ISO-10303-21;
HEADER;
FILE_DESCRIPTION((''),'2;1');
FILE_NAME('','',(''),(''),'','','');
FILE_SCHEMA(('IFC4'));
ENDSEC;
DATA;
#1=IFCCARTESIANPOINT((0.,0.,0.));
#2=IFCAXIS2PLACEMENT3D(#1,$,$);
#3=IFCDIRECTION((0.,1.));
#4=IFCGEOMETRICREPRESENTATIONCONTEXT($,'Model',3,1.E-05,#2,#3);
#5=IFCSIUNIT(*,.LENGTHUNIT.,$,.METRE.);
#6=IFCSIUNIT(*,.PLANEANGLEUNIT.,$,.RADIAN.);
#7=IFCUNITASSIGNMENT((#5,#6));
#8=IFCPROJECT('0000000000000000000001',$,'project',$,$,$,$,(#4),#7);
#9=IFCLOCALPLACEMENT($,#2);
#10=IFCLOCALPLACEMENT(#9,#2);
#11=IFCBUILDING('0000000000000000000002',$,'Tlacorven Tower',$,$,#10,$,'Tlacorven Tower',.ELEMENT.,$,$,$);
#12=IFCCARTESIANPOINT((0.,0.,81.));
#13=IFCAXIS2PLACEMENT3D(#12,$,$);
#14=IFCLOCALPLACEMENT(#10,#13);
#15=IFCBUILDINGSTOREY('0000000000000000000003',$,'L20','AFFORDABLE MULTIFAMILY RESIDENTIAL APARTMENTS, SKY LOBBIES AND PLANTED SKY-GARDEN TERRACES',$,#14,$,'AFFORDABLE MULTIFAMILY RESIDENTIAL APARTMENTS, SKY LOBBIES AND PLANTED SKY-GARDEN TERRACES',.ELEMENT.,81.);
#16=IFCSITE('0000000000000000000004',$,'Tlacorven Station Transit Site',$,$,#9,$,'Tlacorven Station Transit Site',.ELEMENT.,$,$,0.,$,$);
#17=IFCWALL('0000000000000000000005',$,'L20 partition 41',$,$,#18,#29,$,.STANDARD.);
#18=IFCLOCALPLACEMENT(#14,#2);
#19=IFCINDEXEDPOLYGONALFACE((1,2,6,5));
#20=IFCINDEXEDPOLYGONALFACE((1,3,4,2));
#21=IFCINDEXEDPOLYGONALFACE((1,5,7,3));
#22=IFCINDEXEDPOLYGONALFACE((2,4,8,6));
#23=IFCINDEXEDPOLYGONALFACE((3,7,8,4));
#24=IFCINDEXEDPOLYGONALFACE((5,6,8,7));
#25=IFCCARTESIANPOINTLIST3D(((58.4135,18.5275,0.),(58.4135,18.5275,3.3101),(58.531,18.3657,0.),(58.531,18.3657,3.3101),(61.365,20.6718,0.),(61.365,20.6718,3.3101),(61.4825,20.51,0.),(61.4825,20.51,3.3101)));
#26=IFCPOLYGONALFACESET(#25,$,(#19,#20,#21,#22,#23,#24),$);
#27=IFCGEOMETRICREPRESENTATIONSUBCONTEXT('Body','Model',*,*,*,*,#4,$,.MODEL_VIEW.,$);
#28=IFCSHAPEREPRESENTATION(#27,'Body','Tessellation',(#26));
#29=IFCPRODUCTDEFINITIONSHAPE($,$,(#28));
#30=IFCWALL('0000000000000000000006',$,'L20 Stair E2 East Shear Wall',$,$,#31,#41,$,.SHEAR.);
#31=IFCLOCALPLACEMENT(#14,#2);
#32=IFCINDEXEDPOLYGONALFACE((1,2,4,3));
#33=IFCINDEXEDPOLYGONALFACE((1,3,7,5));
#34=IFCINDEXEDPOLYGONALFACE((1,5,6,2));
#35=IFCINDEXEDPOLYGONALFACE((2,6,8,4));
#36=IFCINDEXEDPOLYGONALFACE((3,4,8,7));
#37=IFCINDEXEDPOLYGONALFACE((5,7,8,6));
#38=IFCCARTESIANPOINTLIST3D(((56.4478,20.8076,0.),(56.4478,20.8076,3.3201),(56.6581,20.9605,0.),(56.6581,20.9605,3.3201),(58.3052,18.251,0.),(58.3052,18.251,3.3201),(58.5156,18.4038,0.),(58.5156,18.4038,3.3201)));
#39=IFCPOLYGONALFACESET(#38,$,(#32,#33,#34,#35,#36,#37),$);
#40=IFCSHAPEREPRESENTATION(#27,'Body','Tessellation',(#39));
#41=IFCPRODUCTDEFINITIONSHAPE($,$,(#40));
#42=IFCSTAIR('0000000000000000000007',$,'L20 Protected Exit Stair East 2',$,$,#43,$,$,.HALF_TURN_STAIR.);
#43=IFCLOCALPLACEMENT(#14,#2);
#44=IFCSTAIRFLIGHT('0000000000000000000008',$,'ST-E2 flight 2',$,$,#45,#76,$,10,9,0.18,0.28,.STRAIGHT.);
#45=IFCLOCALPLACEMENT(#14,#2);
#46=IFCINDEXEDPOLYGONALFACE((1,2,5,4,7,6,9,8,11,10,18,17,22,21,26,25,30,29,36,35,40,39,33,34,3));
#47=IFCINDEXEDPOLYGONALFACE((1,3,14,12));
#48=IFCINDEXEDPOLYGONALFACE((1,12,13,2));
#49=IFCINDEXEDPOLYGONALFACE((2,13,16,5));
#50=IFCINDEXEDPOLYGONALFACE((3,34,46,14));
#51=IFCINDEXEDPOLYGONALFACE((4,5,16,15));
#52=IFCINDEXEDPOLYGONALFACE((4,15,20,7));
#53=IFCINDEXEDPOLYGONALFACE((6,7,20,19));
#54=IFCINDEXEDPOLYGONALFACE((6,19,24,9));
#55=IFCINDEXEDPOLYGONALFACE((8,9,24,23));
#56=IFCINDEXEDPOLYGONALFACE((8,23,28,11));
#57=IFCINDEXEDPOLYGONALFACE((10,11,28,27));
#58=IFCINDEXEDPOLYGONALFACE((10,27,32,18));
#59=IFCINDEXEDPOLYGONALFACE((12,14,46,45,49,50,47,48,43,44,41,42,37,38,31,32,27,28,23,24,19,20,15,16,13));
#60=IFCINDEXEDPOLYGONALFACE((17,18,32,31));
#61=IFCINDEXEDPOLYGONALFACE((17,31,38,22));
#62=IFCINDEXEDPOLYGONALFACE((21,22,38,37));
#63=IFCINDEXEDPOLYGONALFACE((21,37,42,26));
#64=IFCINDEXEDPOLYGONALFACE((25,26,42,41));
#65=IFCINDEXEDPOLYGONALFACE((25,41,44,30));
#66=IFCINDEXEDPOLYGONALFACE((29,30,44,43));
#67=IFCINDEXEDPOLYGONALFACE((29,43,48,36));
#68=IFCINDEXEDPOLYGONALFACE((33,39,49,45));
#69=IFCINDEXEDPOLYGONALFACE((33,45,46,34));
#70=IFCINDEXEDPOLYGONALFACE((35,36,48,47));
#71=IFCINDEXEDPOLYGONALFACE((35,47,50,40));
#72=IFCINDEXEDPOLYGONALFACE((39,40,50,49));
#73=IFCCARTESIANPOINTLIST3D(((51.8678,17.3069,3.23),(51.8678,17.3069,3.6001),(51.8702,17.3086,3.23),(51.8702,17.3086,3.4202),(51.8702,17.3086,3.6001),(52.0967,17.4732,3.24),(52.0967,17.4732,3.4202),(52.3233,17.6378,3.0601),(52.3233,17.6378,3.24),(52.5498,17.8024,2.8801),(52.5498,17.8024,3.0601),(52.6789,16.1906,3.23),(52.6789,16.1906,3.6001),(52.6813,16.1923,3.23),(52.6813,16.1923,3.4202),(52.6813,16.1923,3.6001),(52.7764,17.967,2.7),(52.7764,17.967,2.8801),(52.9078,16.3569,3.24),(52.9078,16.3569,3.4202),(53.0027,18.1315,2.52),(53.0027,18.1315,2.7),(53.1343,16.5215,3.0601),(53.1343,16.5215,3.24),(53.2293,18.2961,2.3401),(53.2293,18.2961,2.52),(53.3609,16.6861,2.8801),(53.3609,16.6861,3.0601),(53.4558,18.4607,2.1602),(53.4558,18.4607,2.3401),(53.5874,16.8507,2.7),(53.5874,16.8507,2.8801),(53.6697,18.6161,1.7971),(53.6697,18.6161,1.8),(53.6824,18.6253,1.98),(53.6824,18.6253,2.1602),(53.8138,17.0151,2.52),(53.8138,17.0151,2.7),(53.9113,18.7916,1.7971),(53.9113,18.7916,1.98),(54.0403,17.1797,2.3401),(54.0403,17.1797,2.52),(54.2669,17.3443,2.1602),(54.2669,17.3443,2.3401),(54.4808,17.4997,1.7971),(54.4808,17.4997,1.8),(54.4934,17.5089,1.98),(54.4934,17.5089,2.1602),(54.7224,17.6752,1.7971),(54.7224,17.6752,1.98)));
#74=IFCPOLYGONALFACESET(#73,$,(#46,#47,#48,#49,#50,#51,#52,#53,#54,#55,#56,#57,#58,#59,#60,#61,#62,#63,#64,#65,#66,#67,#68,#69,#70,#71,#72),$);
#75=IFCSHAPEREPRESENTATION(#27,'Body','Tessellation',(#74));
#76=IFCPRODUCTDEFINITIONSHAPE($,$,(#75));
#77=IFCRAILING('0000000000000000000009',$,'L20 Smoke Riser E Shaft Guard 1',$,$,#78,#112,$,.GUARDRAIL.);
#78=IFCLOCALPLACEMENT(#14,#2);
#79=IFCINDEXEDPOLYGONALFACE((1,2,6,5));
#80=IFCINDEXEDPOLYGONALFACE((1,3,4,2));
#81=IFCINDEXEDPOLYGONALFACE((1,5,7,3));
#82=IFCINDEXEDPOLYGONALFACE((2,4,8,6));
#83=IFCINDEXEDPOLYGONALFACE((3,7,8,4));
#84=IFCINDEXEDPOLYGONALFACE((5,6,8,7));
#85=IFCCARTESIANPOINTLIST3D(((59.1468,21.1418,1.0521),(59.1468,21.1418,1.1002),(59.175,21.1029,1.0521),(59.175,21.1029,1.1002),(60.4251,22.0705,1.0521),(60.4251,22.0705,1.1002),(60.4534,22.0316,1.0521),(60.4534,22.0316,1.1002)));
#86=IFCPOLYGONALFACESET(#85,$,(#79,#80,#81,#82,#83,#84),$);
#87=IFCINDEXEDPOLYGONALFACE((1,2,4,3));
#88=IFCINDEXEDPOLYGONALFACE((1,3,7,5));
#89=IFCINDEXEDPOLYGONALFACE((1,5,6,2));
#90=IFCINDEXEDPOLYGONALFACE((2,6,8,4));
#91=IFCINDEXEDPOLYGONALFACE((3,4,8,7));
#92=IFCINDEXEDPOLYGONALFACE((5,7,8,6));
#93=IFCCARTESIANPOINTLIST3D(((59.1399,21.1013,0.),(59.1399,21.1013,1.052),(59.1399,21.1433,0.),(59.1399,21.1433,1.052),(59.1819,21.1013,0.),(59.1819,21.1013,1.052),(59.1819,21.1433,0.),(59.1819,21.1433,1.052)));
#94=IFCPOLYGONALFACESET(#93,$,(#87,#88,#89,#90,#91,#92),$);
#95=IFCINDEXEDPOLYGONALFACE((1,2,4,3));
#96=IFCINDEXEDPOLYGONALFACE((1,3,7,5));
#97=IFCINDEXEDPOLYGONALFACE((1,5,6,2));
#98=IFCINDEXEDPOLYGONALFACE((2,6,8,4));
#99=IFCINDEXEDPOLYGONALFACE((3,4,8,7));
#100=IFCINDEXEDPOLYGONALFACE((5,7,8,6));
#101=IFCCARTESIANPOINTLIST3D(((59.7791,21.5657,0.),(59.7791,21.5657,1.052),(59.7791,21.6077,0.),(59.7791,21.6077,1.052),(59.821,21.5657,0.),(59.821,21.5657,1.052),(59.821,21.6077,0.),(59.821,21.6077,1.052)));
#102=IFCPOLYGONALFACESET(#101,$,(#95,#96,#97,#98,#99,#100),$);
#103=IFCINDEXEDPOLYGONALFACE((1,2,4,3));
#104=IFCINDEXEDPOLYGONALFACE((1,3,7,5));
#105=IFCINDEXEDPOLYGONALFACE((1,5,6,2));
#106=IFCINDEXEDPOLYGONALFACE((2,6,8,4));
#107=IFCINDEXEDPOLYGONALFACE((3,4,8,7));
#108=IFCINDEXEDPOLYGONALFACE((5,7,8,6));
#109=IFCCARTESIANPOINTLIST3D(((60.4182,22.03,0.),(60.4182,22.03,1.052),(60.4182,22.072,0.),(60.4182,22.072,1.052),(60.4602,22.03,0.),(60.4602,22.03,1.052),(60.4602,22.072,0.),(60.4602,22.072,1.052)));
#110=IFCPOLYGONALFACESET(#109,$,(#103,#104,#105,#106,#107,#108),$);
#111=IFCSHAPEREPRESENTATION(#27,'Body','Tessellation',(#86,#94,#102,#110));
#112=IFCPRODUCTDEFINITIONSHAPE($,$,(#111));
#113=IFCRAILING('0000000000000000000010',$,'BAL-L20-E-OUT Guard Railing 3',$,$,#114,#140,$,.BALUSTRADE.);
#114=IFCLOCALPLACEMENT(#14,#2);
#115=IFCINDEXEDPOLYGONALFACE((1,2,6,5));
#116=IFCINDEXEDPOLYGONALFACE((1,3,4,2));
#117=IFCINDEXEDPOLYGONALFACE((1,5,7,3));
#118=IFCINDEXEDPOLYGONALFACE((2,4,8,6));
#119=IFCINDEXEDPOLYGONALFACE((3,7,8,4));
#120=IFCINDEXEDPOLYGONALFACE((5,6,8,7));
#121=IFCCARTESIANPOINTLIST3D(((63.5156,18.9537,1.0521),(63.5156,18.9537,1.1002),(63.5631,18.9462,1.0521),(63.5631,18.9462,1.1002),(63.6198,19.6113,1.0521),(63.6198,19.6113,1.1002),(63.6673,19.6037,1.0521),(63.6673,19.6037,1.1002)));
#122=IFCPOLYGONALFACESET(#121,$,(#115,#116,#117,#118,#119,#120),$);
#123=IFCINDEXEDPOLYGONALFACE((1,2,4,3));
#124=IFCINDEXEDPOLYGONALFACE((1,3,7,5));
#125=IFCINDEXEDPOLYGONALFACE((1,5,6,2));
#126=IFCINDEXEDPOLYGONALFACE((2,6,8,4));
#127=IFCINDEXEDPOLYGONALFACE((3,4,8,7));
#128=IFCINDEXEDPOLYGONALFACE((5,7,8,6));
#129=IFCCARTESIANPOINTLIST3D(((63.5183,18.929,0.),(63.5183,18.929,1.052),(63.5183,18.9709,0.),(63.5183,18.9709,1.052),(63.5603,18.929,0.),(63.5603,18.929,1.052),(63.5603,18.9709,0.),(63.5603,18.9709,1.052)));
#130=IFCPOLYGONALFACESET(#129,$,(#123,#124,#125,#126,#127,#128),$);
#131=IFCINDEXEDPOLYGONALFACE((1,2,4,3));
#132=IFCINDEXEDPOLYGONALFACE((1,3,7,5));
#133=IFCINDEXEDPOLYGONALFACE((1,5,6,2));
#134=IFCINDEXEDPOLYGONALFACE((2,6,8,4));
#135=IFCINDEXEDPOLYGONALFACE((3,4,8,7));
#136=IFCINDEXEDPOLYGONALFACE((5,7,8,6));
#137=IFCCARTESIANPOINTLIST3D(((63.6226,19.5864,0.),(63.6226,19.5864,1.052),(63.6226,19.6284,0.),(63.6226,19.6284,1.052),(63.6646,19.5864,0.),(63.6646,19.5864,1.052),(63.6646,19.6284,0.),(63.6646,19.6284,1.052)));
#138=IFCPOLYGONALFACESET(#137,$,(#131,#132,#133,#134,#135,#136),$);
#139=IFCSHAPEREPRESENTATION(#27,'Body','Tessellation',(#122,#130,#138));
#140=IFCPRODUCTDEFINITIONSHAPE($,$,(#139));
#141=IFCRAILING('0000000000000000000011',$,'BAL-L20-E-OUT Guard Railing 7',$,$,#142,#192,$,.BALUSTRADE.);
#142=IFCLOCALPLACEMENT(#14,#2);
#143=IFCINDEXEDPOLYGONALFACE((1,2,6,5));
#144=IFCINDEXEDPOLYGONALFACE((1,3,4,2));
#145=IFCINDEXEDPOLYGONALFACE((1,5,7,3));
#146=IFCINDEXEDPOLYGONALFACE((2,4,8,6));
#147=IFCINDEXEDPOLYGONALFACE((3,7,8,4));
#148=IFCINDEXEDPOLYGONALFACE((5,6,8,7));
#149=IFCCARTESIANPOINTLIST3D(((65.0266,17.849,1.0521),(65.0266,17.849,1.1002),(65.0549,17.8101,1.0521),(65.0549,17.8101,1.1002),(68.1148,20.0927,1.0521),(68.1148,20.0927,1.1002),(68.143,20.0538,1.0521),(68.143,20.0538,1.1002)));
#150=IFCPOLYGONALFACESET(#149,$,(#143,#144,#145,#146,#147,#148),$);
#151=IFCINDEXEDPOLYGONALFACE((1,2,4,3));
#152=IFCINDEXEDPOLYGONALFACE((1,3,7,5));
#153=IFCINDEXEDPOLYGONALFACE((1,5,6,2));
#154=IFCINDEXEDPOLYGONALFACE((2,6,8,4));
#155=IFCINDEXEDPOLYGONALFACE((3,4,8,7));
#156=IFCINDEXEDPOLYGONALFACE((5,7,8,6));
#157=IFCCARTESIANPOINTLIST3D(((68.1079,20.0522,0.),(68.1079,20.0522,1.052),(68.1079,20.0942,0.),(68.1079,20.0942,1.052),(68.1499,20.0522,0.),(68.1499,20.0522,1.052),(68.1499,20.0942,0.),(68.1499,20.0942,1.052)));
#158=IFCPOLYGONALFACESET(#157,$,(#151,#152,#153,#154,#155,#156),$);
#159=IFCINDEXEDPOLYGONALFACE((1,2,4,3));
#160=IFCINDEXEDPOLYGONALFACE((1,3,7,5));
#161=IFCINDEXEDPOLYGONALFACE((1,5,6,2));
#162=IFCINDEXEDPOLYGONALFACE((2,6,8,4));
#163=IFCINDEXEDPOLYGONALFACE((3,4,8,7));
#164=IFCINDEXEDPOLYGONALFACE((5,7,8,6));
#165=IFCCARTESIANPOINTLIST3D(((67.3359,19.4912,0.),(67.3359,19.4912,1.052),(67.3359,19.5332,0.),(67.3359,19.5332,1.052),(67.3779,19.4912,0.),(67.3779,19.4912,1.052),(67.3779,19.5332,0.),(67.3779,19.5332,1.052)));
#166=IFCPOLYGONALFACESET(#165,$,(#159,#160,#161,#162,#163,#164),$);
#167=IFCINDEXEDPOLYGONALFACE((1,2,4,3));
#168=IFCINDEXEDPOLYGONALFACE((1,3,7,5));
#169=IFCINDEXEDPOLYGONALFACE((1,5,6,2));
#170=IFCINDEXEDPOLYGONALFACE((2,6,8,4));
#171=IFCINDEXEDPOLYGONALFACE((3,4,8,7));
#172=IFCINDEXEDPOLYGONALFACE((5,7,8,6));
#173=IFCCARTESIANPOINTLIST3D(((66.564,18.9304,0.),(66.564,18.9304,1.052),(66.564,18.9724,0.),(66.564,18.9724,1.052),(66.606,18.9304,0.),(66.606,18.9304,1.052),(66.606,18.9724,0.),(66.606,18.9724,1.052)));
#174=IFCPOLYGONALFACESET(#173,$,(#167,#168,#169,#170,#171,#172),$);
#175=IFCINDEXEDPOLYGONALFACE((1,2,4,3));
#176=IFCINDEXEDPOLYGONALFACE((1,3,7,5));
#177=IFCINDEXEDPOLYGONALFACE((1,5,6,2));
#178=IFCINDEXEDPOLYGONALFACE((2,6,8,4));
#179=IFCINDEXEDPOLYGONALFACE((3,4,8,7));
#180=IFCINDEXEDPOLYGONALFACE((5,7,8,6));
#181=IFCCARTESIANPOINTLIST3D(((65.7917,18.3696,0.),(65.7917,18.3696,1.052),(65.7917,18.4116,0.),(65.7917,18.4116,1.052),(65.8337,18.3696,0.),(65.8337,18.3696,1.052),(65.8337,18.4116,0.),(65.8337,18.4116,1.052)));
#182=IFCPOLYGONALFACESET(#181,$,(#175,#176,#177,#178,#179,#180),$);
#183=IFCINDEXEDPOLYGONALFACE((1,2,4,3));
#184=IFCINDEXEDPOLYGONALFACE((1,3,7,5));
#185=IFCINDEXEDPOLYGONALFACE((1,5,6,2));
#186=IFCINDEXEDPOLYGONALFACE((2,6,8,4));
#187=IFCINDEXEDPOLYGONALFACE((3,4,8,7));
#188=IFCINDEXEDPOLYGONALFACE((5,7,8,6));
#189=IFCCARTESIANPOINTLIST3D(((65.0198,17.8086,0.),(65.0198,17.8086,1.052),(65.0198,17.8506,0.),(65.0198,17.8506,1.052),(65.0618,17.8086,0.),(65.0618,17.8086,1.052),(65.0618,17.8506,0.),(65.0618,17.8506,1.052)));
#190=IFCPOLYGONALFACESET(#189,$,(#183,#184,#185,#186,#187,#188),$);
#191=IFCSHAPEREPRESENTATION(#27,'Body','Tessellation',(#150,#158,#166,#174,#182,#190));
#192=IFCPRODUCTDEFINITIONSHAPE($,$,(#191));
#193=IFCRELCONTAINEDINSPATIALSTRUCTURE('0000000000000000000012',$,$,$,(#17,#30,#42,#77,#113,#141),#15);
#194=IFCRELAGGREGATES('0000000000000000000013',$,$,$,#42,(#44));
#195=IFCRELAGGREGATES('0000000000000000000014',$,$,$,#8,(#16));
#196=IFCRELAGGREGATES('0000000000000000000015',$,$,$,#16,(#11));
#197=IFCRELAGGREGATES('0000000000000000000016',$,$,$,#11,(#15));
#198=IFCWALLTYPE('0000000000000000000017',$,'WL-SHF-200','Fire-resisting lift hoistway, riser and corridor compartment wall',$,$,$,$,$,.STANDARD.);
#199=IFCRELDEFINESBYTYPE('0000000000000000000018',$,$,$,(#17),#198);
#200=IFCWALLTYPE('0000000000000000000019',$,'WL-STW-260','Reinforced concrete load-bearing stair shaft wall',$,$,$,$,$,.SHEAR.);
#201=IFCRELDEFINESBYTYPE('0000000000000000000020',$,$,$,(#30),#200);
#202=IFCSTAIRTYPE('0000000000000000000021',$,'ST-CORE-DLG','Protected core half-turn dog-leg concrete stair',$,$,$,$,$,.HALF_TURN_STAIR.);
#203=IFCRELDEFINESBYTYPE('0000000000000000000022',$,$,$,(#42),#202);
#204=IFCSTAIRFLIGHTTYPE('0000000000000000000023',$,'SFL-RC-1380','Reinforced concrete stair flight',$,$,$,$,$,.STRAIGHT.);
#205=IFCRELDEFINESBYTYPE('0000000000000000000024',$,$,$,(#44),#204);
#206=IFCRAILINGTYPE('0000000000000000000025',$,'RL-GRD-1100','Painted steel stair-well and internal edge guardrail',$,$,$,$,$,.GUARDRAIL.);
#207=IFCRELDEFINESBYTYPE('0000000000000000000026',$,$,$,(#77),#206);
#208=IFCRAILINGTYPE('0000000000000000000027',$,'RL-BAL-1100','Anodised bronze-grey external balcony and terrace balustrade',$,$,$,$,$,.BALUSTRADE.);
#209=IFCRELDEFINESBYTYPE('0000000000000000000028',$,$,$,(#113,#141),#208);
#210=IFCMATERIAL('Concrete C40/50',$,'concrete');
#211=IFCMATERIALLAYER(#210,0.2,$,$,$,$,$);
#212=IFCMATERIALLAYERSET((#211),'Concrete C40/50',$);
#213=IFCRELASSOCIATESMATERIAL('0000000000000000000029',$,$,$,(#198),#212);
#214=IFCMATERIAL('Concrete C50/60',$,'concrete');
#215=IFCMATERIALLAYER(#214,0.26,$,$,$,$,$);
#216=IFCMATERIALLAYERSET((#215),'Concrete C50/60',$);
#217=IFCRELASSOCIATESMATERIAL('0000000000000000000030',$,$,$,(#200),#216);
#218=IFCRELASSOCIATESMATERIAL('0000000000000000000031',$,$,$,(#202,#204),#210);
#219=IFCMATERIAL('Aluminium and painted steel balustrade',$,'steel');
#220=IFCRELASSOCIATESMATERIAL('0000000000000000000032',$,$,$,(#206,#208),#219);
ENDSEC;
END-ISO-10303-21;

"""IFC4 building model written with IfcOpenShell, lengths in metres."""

from ifc_helpers import new_model, si_unit, direction, frame, frame_2d, origin, origin_2d, place, context, subcontext, project, spatial, polyline, rectangle, outline, extrude, source, transform, mapped, material, layer, layer_set, type_object, element, aggregate, save


model = new_model("IFC4")

# Units and contexts
model_context = context("Model", 3, precision=1e-05, world=origin(), true_north=direction((0.0, 1.0)))
body_context = subcontext(model_context, "Body", "Model", "MODEL_VIEW")
ifc_project = project(units=[si_unit("LENGTHUNIT", "METRE"), si_unit("PLANEANGLEUNIT", "RADIAN")], contexts=[model_context])

# Site, building, storey
site_placement = place(None, origin())
site = spatial("IfcSite", under=ifc_project, at=site_placement, Name="Tlacorven Station Transit Site", LongName="Tlacorven Station Transit Site", CompositionType="ELEMENT", RefElevation=0.0)
building_placement = place(site_placement, origin())
building = spatial("IfcBuilding", under=site, at=building_placement, Name="Tlacorven Tower", LongName="Tlacorven Tower", CompositionType="ELEMENT")
storey_placement = place(building_placement, frame((0.0, 0.0, 81.0)))
storey = spatial("IfcBuildingStorey", under=building, at=storey_placement, Name="L20", Description="AFFORDABLE MULTIFAMILY RESIDENTIAL APARTMENTS, SKY LOBBIES AND PLANTED SKY-GARDEN TERRACES", LongName="AFFORDABLE MULTIFAMILY RESIDENTIAL APARTMENTS, SKY LOBBIES AND PLANTED SKY-GARDEN TERRACES", CompositionType="ELEMENT", Elevation=81.0)

# Shared definitions
ifc_material_1 = material(Name="Concrete C40/50", Category="concrete")
ifc_layer_1 = layer(ifc_material_1, 0.2)
ifc_layer_set_1 = layer_set([ifc_layer_1], Name="Concrete C40/50")
wall_type_1 = type_object("IfcWallType", Name="WL-SHF-200", Description="Fire-resisting lift hoistway, riser and corridor compartment wall", PredefinedType="STANDARD", material=ifc_layer_set_1)

# Walls
wall_1_placement = place(storey_placement, frame((58.4722, 18.4465, 0.0), z_axis=(0.0, 0.0, 1.0), x_axis=(0.809022, 0.587778, 0.0)))
element("IfcWall", 1, at=wall_1_placement, inside=storey, type_object=wall_type_1, Name="L20 partition 41", PredefinedType="STANDARD", context=body_context, shape_type="SweptSolid", body=[
    extrude(rectangle(XDim=3.6482, YDim=0.2, at=frame_2d((1.8242, 0.0))), origin(), (0.0, 0.0, 1.0), 3.3101),
])
ifc_material_2 = material(Name="Concrete C50/60", Category="concrete")
ifc_layer_2 = layer(ifc_material_2, 0.26)
ifc_layer_set_2 = layer_set([ifc_layer_2], Name="Concrete C50/60")
wall_type_2 = type_object("IfcWallType", Name="WL-STW-260", Description="Reinforced concrete load-bearing stair shaft wall", PredefinedType="SHEAR", material=ifc_layer_set_2)
wall_2_placement = place(storey_placement, frame((58.4104, 18.3274, 0.0), z_axis=(0.0, 0.0, 1.0), x_axis=(-0.587767, 0.80903, 0.0)))
element("IfcWall", 2, at=wall_2_placement, inside=storey, type_object=wall_type_2, Name="L20 Stair E2 East Shear Wall", PredefinedType="SHEAR", context=body_context, shape_type="SweptSolid", body=[
    extrude(rectangle(XDim=3.1602, YDim=0.26, at=frame_2d((1.5801, 0.0))), origin(), (0.0, 0.0, 1.0), 3.3201),
])

# Stair, stair flight
stair_type = type_object("IfcStairType", Name="ST-CORE-DLG", Description="Protected core half-turn dog-leg concrete stair", PredefinedType="HALF_TURN_STAIR", material=ifc_material_1)
stair_placement = place(storey_placement, origin())
stair = element("IfcStair", 3, at=stair_placement, inside=storey, type_object=stair_type, Name="L20 Protected Exit Stair East 2", PredefinedType="HALF_TURN_STAIR")
stair_flight_type = type_object("IfcStairFlightType", Name="SFL-RC-1380", Description="Reinforced concrete stair flight", PredefinedType="STRAIGHT", material=ifc_material_1)
shared_shape_1 = source(origin(), body_context, "Body", "SweptSolid", [
    extrude(outline(polyline([(-0.0029, -0.0029), (-0.0029, 0.1799), (0.28, 0.1799), (0.28, 0.3601), (0.5601, 0.3601), (0.5601, 0.54), (0.8401, 0.54), (0.8401, 0.72), (1.1201, 0.72), (1.1201, 0.8999), (1.3999, 0.8999), (1.3999, 1.0801), (1.6799, 1.0801), (1.6799, 1.26), (1.96, 1.26), (1.96, 1.4399), (2.24, 1.4399), (2.24, 1.6201), (2.52, 1.6201), (2.52, 1.8), (2.5229, 1.8), (2.5229, 1.4299), (2.52, 1.4299), (0.2957, 0.0), (0.2957, -0.0029), (-0.0029, -0.0029)])), frame((0.0, 0.6899, 0.0), z_axis=(0.0, -1.0, 0.0), x_axis=(1.0, 0.0, 0.0)), (0.0, 0.0, 1.0), 1.3799),
])
stair_flight_placement = place(storey_placement, frame((54.3145, 18.2317, 1.8), z_axis=(0.0, 0.0, 1.0), x_axis=(-0.809017, -0.587785, 0.0)))
stair_flight = element("IfcStairFlight", 4, at=stair_flight_placement, type_object=stair_flight_type, Name="ST-E2 flight 2", NumberOfRisers=10, NumberOfTreads=9, PredefinedType="STRAIGHT", RiserHeight=0.18, TreadLength=0.28, context=body_context, shape_type="MappedRepresentation", body=[
    mapped(shared_shape_1, transform((0.0, 0.0, 0.0), scale=1.0)),
])
aggregate(stair, [stair_flight])

# Railings
ifc_material_3 = material(Name="Aluminium and painted steel balustrade", Category="steel")
railing_type_1 = type_object("IfcRailingType", Name="RL-GRD-1100", Description="Painted steel stair-well and internal edge guardrail", PredefinedType="GUARDRAIL", material=ifc_material_3)
shared_shape_2 = source(origin(), body_context, "Body", "SweptSolid", [
    extrude(rectangle(XDim=0.0481, YDim=0.0481, at=origin_2d()), frame((0.0, 0.0, 1.0762), z_axis=(0.80903, 0.587767, 0.0), x_axis=(-0.587767, 0.80903, 0.0)), (0.0, 0.0, 1.0), 1.5801),
    extrude(rectangle(XDim=0.042, YDim=0.042, at=origin_2d()), origin(), (0.0, 0.0, 1.0), 1.052),
    extrude(rectangle(XDim=0.042, YDim=0.042, at=origin_2d()), frame((0.6392, 0.4644, 0.0)), (0.0, 0.0, 1.0), 1.052),
    extrude(rectangle(XDim=0.042, YDim=0.042, at=origin_2d()), frame((1.2783, 0.9287, 0.0)), (0.0, 0.0, 1.0), 1.052),
])
railing_1_placement = place(storey_placement, frame((59.1609, 21.1223, 0.0)))
element("IfcRailing", 5, at=railing_1_placement, inside=storey, type_object=railing_type_1, Name="L20 Smoke Riser E Shaft Guard 1", PredefinedType="GUARDRAIL", context=body_context, shape_type="MappedRepresentation", body=[
    mapped(shared_shape_2, transform((0.0, 0.0, 0.0), scale=1.0)),
])
railing_type_2 = type_object("IfcRailingType", Name="RL-BAL-1100", Description="Anodised bronze-grey external balcony and terrace balustrade", PredefinedType="BALUSTRADE", material=ifc_material_3)
shared_shape_3 = source(origin(), body_context, "Body", "SweptSolid", [
    extrude(rectangle(XDim=0.0481, YDim=0.0481, at=origin_2d()), frame((0.0, 0.0, 1.0762), z_axis=(0.156603, 0.987662, 0.0), x_axis=(-0.987662, 0.156603, 0.0)), (0.0, 0.0, 1.0), 0.6658),
    extrude(rectangle(XDim=0.042, YDim=0.042, at=origin_2d()), origin(), (0.0, 0.0, 1.0), 1.052),
    extrude(rectangle(XDim=0.042, YDim=0.042, at=origin_2d()), frame((0.1042, 0.6575, 0.0)), (0.0, 0.0, 1.0), 1.052),
])
railing_2_placement = place(storey_placement, frame((63.5393, 18.95, 0.0)))
element("IfcRailing", 6, at=railing_2_placement, inside=storey, type_object=railing_type_2, Name="BAL-L20-E-OUT Guard Railing 3", PredefinedType="BALUSTRADE", context=body_context, shape_type="MappedRepresentation", body=[
    mapped(shared_shape_3, transform((0.0, 0.0, 0.0), scale=1.0)),
])
shared_shape_4 = source(origin(), body_context, "Body", "SweptSolid", [
    extrude(rectangle(XDim=0.0481, YDim=0.0481, at=origin_2d()), frame((0.0, 0.0, 1.0762), z_axis=(-0.809018, -0.587784, 0.0), x_axis=(0.587784, -0.809018, 0.0)), (0.0, 0.0, 1.0), 3.8171),
    extrude(rectangle(XDim=0.042, YDim=0.042, at=origin_2d()), origin(), (0.0, 0.0, 1.0), 1.052),
    extrude(rectangle(XDim=0.042, YDim=0.042, at=origin_2d()), frame((-0.772, -0.561, 0.0)), (0.0, 0.0, 1.0), 1.052),
    extrude(rectangle(XDim=0.042, YDim=0.042, at=origin_2d()), frame((-1.5439, -1.1218, 0.0)), (0.0, 0.0, 1.0), 1.052),
    extrude(rectangle(XDim=0.042, YDim=0.042, at=origin_2d()), frame((-2.3162, -1.6826, 0.0)), (0.0, 0.0, 1.0), 1.052),
    extrude(rectangle(XDim=0.042, YDim=0.042, at=origin_2d()), frame((-3.0881, -2.2437, 0.0)), (0.0, 0.0, 1.0), 1.052),
])
railing_3_placement = place(storey_placement, frame((68.1289, 20.0732, 0.0)))
element("IfcRailing", 7, at=railing_3_placement, inside=storey, type_object=railing_type_2, Name="BAL-L20-E-OUT Guard Railing 7", PredefinedType="BALUSTRADE", context=body_context, shape_type="MappedRepresentation", body=[
    mapped(shared_shape_4, transform((0.0, 0.0, 0.0), scale=1.0)),
])

save(model, "model.ifc")
